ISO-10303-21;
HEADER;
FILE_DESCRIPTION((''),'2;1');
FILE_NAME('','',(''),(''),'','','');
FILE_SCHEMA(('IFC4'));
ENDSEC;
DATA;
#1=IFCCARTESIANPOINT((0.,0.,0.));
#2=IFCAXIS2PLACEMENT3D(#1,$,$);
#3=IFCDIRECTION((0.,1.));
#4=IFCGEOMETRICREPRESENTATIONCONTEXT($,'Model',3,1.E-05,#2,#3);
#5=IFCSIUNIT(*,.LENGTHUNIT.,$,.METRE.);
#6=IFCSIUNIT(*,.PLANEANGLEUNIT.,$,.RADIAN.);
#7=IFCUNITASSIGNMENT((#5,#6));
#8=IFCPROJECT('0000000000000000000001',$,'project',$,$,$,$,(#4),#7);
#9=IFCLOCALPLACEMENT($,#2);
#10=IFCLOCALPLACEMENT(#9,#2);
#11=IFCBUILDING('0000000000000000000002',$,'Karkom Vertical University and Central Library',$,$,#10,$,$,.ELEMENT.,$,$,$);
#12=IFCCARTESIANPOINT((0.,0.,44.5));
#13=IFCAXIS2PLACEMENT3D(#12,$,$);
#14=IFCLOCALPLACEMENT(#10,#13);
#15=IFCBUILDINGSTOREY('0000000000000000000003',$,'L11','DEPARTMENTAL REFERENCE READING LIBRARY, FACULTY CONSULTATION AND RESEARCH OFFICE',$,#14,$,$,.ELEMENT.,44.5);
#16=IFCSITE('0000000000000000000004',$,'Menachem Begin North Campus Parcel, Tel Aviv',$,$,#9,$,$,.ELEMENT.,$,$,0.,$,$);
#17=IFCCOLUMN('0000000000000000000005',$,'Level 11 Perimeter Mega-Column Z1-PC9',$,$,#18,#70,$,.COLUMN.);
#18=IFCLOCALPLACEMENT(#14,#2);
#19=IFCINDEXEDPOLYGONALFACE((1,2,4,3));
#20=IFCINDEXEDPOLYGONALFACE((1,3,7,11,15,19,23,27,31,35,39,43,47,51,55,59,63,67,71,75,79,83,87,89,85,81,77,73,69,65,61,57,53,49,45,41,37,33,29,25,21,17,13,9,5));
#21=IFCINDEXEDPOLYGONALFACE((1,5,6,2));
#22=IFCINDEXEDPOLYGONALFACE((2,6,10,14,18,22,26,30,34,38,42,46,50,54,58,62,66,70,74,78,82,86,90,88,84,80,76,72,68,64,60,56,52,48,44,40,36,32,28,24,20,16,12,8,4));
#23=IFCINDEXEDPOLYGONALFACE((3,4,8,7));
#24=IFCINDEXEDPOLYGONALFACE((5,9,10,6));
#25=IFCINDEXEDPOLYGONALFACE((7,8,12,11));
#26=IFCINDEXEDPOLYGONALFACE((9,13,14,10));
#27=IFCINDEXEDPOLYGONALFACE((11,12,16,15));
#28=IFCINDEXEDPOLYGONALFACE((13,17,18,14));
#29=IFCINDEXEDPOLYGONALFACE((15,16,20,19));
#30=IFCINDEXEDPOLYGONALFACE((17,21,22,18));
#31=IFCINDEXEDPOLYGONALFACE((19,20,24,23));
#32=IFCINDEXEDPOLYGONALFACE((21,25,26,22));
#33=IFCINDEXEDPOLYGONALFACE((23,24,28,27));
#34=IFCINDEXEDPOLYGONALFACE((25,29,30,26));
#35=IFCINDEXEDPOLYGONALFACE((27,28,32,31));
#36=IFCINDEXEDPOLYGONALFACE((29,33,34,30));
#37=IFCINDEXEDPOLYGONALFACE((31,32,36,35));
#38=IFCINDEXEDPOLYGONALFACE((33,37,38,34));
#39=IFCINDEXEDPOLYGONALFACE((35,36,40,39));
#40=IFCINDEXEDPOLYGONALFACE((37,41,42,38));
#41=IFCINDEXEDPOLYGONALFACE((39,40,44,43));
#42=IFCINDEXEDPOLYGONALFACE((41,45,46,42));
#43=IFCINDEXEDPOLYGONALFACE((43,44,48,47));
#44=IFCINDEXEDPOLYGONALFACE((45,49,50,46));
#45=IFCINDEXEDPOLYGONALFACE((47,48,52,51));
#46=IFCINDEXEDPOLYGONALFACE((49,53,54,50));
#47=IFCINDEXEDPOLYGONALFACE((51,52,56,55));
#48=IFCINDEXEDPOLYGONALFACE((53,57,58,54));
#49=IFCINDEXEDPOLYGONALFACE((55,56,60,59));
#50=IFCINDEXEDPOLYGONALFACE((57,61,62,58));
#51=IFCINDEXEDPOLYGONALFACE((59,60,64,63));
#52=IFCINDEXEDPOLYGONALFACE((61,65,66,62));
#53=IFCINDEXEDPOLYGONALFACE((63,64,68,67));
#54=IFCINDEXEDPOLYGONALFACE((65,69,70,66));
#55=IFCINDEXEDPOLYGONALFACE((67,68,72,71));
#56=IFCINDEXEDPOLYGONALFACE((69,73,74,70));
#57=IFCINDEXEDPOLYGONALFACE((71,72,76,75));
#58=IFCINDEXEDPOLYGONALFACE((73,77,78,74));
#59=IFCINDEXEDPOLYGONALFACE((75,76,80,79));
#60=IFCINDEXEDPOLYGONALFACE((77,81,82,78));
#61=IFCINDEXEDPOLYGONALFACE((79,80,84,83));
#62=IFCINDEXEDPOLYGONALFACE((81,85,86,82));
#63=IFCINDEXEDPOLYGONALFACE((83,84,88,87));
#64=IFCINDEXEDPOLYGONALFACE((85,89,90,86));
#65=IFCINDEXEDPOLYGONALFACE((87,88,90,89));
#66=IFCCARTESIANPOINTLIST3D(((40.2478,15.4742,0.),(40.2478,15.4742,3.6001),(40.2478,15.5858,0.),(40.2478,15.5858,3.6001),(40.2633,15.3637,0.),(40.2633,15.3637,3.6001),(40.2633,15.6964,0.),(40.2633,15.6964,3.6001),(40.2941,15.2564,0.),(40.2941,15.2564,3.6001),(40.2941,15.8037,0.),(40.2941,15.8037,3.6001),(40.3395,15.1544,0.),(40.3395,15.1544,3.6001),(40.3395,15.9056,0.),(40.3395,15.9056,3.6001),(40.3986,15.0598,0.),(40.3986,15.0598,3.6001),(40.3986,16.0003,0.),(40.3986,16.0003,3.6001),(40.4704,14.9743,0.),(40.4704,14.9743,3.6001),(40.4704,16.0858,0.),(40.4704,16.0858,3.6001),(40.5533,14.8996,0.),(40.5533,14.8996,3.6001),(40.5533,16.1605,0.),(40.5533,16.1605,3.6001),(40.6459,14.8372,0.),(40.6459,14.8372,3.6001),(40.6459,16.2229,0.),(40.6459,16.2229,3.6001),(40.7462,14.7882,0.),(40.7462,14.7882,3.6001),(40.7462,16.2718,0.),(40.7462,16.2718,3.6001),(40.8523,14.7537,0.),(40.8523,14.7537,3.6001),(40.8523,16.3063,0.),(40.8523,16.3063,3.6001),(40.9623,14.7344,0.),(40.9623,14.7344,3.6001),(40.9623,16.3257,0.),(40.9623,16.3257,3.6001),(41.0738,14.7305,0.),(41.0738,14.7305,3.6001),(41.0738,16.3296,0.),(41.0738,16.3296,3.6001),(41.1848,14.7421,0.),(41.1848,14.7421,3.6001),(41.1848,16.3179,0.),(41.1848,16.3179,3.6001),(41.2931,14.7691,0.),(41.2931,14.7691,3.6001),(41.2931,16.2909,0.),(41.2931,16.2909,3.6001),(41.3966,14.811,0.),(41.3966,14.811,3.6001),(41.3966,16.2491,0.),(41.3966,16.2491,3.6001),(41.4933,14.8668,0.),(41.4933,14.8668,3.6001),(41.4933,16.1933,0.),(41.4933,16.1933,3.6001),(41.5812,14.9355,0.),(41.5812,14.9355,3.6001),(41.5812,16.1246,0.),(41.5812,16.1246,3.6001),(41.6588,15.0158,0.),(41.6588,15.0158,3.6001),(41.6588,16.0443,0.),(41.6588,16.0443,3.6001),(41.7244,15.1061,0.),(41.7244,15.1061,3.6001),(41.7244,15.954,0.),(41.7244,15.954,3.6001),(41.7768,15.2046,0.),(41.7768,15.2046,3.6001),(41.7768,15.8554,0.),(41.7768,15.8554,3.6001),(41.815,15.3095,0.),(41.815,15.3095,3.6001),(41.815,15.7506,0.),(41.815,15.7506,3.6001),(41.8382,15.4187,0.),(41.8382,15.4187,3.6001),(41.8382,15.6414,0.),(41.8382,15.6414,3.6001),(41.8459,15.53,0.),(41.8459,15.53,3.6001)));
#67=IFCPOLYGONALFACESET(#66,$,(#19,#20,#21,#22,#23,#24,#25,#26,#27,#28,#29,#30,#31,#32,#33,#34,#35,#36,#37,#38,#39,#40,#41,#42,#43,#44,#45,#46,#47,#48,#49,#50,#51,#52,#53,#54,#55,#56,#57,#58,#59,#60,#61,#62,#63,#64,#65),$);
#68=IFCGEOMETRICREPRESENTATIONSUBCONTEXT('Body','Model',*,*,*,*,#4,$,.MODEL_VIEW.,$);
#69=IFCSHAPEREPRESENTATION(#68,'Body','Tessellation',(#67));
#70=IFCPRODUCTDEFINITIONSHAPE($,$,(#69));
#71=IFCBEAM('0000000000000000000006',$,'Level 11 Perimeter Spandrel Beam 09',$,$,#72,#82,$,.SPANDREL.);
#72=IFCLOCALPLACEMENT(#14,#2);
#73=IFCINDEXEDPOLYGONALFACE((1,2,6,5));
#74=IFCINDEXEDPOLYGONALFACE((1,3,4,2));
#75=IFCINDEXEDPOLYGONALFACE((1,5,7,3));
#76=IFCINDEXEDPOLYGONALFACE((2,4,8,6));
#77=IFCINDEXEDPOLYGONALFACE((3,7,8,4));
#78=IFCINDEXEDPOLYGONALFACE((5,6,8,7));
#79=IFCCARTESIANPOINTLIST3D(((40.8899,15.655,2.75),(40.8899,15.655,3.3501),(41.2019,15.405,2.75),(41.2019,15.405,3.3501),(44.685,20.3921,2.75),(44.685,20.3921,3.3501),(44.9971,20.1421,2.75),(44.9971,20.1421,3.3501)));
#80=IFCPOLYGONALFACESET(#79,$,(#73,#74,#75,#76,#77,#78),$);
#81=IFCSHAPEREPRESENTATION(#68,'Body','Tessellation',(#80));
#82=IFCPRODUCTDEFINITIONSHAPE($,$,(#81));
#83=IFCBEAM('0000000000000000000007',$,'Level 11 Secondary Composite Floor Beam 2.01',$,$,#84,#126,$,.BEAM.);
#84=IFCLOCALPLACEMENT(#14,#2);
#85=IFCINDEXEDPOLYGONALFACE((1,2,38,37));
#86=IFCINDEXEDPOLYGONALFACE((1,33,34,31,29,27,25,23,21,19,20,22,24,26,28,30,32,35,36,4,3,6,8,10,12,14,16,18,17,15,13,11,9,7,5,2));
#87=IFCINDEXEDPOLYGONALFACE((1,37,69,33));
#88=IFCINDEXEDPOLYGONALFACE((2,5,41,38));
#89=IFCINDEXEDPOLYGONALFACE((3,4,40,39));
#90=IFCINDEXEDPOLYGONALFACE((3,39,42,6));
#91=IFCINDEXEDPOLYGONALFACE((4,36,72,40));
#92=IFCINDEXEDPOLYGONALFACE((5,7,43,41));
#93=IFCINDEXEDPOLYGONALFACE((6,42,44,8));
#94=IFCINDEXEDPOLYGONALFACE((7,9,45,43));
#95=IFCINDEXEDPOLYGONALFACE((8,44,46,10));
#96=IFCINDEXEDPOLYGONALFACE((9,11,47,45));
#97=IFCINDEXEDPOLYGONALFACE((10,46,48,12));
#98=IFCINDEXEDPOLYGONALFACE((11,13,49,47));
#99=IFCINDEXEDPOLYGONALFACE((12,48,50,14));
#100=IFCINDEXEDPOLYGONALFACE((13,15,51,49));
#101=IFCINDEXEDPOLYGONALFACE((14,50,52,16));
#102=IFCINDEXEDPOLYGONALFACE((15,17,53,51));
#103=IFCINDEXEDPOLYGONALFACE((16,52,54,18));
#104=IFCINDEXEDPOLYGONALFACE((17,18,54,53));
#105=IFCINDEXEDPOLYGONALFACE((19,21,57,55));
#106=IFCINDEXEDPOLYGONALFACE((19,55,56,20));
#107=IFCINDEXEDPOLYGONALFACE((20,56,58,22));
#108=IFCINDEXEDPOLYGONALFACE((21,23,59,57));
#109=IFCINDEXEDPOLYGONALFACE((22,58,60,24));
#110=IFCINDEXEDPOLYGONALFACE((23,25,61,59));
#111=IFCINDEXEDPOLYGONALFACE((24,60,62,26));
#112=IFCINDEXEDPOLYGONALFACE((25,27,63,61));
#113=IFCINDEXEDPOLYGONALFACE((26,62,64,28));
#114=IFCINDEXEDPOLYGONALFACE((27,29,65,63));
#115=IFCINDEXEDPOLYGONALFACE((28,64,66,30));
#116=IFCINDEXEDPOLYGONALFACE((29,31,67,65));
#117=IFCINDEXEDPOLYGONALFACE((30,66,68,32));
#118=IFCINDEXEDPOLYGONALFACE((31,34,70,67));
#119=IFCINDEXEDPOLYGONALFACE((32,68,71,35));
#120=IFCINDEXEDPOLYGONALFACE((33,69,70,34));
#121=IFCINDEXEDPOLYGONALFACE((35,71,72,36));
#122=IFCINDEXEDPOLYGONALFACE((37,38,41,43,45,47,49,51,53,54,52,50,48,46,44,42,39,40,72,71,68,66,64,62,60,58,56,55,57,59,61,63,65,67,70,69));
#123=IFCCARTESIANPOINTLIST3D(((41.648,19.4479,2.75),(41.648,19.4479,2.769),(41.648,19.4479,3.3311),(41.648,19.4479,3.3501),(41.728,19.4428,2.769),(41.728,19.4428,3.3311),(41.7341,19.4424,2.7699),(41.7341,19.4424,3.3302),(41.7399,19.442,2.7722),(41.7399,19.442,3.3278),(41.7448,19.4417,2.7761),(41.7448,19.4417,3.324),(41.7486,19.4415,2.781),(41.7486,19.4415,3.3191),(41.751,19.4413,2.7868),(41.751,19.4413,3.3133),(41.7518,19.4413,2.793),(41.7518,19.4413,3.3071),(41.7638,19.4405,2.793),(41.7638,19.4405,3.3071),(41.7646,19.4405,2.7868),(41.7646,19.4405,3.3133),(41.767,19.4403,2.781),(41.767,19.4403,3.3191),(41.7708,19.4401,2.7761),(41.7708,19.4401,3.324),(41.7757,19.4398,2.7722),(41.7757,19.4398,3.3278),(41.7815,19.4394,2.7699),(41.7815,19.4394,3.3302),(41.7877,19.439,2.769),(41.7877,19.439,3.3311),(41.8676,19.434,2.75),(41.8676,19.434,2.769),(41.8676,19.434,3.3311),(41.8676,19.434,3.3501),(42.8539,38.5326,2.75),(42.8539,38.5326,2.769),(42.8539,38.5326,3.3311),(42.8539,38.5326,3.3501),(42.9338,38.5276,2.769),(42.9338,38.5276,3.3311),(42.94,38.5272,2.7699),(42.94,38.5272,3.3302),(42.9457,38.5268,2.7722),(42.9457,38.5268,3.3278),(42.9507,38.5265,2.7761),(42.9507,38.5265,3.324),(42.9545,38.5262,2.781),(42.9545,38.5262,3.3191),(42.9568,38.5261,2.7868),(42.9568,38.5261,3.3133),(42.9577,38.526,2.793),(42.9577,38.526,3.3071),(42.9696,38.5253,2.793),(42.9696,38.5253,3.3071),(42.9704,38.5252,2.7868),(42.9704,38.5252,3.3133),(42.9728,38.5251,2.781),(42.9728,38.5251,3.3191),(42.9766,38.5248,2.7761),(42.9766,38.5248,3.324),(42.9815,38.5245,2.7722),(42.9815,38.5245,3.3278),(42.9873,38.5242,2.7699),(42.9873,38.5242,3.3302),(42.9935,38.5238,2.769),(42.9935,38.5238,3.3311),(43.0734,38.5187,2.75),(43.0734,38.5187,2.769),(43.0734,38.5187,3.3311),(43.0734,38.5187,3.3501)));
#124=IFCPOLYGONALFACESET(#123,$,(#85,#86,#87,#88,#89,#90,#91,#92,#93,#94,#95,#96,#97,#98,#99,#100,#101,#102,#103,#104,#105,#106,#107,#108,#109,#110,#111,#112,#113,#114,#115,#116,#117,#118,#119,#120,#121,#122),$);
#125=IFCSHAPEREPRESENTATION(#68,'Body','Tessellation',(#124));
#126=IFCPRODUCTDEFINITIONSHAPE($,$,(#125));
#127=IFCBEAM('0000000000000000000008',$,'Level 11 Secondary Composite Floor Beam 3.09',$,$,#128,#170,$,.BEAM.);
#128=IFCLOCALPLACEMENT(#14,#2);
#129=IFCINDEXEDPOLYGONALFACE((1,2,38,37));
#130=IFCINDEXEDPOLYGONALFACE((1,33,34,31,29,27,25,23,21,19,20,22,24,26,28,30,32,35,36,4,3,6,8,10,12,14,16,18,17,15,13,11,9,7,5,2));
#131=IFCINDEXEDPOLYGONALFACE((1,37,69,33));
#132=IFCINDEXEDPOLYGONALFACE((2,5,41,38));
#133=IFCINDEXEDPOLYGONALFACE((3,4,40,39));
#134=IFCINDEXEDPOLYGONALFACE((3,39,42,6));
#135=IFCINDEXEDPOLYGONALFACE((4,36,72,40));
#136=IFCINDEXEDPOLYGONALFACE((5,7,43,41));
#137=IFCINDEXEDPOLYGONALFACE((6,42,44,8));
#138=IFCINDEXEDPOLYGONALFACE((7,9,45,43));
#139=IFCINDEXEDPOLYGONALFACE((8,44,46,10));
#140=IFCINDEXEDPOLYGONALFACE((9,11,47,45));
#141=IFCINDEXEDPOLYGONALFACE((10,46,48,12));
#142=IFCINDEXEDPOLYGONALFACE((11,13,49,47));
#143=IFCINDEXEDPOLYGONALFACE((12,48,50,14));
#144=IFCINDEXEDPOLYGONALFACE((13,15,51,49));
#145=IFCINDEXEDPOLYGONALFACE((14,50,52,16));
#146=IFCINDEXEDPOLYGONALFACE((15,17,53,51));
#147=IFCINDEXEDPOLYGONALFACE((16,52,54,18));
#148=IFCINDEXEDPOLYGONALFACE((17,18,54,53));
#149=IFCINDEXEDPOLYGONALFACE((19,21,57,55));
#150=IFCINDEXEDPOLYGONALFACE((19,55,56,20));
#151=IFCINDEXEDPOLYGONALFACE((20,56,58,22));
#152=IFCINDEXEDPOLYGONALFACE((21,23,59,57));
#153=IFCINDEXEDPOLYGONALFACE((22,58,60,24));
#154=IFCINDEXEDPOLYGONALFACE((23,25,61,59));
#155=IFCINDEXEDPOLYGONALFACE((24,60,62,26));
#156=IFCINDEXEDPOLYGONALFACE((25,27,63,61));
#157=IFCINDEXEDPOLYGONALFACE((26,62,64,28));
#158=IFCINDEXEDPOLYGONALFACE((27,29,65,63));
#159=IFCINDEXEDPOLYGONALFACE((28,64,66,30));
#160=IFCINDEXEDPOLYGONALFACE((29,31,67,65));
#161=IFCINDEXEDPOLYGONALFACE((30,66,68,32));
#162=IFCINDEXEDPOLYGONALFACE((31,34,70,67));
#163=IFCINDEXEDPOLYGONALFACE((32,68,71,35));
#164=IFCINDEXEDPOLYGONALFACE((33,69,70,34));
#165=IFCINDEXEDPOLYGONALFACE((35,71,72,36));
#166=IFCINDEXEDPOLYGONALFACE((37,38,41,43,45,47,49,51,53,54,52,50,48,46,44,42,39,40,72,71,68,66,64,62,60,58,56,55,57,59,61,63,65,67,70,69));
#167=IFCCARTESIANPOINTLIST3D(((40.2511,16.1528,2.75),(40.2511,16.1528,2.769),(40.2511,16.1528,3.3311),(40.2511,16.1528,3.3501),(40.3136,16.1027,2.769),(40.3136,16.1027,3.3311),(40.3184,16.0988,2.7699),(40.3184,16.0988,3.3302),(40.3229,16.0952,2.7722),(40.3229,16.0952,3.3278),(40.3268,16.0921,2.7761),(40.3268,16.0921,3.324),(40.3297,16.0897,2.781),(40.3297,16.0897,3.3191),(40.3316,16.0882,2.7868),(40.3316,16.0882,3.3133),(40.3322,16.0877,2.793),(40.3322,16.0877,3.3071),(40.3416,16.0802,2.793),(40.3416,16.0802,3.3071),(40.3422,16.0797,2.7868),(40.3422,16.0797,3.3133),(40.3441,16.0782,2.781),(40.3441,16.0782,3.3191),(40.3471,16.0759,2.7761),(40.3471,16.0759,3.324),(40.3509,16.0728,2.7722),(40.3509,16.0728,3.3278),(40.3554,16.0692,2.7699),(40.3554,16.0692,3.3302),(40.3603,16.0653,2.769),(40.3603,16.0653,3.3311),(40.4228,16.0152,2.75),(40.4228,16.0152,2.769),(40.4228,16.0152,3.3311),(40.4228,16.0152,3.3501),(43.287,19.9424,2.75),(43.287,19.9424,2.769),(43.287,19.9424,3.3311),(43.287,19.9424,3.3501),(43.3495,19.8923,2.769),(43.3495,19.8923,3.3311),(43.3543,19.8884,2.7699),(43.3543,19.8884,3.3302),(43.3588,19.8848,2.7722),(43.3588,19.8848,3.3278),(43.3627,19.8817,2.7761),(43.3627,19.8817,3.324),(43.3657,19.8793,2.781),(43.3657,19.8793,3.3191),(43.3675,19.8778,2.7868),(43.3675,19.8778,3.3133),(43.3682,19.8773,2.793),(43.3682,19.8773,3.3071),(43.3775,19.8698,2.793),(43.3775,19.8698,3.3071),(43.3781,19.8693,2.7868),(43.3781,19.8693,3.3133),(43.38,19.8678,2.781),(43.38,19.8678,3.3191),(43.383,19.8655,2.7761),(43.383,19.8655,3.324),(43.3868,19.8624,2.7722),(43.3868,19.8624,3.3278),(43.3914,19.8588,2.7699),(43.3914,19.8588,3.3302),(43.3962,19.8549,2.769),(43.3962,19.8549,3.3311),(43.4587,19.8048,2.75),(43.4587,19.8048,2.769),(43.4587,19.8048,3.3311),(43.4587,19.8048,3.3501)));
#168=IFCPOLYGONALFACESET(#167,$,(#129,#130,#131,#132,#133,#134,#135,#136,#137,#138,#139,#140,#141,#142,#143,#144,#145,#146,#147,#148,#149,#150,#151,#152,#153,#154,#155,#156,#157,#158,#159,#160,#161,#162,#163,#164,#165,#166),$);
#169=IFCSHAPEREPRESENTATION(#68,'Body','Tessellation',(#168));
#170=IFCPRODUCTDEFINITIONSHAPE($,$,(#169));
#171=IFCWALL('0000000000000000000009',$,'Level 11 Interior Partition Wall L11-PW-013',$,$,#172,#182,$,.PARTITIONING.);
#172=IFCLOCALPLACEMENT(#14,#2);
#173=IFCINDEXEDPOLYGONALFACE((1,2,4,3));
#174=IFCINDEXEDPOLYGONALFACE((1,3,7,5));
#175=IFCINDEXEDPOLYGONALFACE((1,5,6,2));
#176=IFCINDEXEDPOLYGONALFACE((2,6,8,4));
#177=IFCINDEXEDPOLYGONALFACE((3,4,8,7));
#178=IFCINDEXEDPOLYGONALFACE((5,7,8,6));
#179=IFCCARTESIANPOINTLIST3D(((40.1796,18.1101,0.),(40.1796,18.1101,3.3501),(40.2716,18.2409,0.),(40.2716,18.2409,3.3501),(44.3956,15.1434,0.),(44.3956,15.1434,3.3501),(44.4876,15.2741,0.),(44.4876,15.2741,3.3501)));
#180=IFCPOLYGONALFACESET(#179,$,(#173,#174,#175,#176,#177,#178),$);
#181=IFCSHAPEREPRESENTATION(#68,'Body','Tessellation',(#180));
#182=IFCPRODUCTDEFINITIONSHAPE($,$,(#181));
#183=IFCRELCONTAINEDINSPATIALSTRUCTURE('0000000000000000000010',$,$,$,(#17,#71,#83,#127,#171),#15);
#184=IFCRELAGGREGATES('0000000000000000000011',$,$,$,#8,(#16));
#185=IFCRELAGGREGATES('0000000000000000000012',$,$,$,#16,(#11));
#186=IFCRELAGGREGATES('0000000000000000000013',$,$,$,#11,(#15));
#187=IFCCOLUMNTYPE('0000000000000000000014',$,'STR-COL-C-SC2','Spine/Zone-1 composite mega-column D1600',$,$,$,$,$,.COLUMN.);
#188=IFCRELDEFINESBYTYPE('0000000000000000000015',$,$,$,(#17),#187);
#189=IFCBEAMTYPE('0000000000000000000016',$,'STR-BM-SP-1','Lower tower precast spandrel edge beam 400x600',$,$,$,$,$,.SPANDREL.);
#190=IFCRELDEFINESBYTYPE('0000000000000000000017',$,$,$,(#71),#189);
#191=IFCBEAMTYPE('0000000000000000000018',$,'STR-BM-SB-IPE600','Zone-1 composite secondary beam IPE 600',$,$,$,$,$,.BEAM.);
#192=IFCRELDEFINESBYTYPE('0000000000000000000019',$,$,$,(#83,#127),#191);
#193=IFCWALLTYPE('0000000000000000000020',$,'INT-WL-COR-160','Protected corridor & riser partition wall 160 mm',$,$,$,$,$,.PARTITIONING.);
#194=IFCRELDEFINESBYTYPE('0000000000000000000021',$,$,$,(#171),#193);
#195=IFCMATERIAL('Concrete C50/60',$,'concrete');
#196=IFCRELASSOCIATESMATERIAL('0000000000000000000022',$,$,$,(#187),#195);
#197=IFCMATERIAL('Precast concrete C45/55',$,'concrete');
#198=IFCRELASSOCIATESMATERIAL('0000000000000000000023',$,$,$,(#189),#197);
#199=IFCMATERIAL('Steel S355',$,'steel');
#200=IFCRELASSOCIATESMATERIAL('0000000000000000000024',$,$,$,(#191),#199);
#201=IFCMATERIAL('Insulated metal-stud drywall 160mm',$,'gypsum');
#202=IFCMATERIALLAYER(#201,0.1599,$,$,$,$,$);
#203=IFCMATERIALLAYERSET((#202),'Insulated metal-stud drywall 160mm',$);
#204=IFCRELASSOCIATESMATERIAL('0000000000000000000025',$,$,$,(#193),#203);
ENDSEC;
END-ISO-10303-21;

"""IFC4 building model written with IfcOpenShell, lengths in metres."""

from ifc_helpers import new_model, si_unit, direction, frame, frame_2d, origin, origin_with_axes, origin_2d, place, context, subcontext, project, spatial, rectangle, circle, i_section, extrude, source, transform, mapped, material, layer, layer_set, material_profile, profile_set, type_object, element, save


model = new_model("IFC4")

# Units and contexts
model_context = context("Model", 3, precision=1e-05, world=origin(), true_north=direction((0.0, 1.0)))
body_context = subcontext(model_context, "Body", "Model", "MODEL_VIEW")
ifc_project = project(units=[si_unit("LENGTHUNIT", "METRE"), si_unit("PLANEANGLEUNIT", "RADIAN")], contexts=[model_context])

# Site, building, storey
site_placement = place(None, origin())
site = spatial("IfcSite", under=ifc_project, at=site_placement, Name="Menachem Begin North Campus Parcel, Tel Aviv", CompositionType="ELEMENT", RefElevation=0.0)
building_placement = place(site_placement, origin())
building = spatial("IfcBuilding", under=site, at=building_placement, Name="Karkom Vertical University and Central Library", CompositionType="ELEMENT")
storey_placement = place(building_placement, frame((0.0, 0.0, 44.5)))
storey = spatial("IfcBuildingStorey", under=building, at=storey_placement, Name="L11", Description="DEPARTMENTAL REFERENCE READING LIBRARY, FACULTY CONSULTATION AND RESEARCH OFFICE", CompositionType="ELEMENT", Elevation=44.5)

# Column
ifc_material_1 = material(Name="Concrete C50/60", Category="concrete")
ifc_material_profile_1 = material_profile(ifc_material_1, circle(Radius=0.8, at=origin_2d()), Name="CFT-D1600")
ifc_profile_set_1 = profile_set([ifc_material_profile_1], Name="Concrete C50/60")
column_type = type_object("IfcColumnType", Name="STR-COL-C-SC2", Description="Spine/Zone-1 composite mega-column D1600", PredefinedType="COLUMN", material=ifc_profile_set_1)
shared_shape_1 = source(origin_with_axes(), body_context, "Body", "SweptSolid", [
    extrude(circle(Radius=0.8, at=origin_2d()), origin(), (0.0, 0.0, 1.0), 3.6001),
])
column_placement = place(storey_placement, frame((41.0459, 15.53, 0.0), z_axis=(0.0, 0.0, 1.0), x_axis=(1.0, 0.0, 0.0)))
element("IfcColumn", 1, at=column_placement, inside=storey, type_object=column_type, Name="Level 11 Perimeter Mega-Column Z1-PC9", PredefinedType="COLUMN", context=body_context, shape_type="MappedRepresentation", body=[
    mapped(shared_shape_1, transform((0.0, 0.0, 0.0), scale=1.0)),
])

# Beams
ifc_material_2 = material(Name="Precast concrete C45/55", Category="concrete")
ifc_material_profile_2 = material_profile(ifc_material_2, rectangle(XDim=0.3999, YDim=0.6001, at=origin_2d()), Name="SPB-400x600")
ifc_profile_set_2 = profile_set([ifc_material_profile_2], Name="Precast concrete C45/55")
beam_type_1 = type_object("IfcBeamType", Name="STR-BM-SP-1", Description="Lower tower precast spandrel edge beam 400x600", PredefinedType="SPANDREL", material=ifc_profile_set_2)
shared_shape_2 = source(origin_with_axes(), body_context, "Body", "SweptSolid", [
    extrude(rectangle(XDim=0.3999, YDim=0.6001, at=origin_2d()), origin(), (0.0, 0.0, 1.0), 6.0698),
])
beam_1_placement = place(storey_placement, frame((41.0459, 15.53, 3.05), z_axis=(0.625249, 0.780425, 0.0), x_axis=(-0.780425, 0.625249, 0.0)))
element("IfcBeam", 2, at=beam_1_placement, inside=storey, type_object=beam_type_1, Name="Level 11 Perimeter Spandrel Beam 09", PredefinedType="SPANDREL", context=body_context, shape_type="MappedRepresentation", body=[
    mapped(shared_shape_2, transform((0.0, 0.0, 0.0), scale=1.0)),
])
ifc_material_3 = material(Name="Steel S355", Category="steel")
ifc_material_profile_3 = material_profile(ifc_material_3, i_section(OverallWidth=0.22, OverallDepth=0.6001, WebThickness=0.012, FlangeThickness=0.019, FilletRadius=0.0239, at=origin_2d()), Name="IPE 600")
ifc_profile_set_3 = profile_set([ifc_material_profile_3], Name="Steel S355")
beam_type_2 = type_object("IfcBeamType", Name="STR-BM-SB-IPE600", Description="Zone-1 composite secondary beam IPE 600", PredefinedType="BEAM", material=ifc_profile_set_3)
shared_shape_3 = source(origin_with_axes(), body_context, "Body", "SweptSolid", [
    extrude(i_section(OverallWidth=0.22, OverallDepth=0.6001, WebThickness=0.012, FlangeThickness=0.019, FilletRadius=0.0239, at=origin_2d()), origin(), (0.0, 0.0, 1.0), 19.1228),
])
beam_2_placement = place(storey_placement, frame((41.7578, 19.4409, 3.05), z_axis=(0.063056, 0.99801, 0.0), x_axis=(-0.99801, 0.063056, 0.0)))
element("IfcBeam", 3, at=beam_2_placement, inside=storey, type_object=beam_type_2, Name="Level 11 Secondary Composite Floor Beam 2.01", PredefinedType="BEAM", context=body_context, shape_type="MappedRepresentation", body=[
    mapped(shared_shape_3, transform((0.0, 0.0, 0.0), scale=1.0)),
])
shared_shape_4 = source(origin_with_axes(), body_context, "Body", "SweptSolid", [
    extrude(i_section(OverallWidth=0.22, OverallDepth=0.6001, WebThickness=0.012, FlangeThickness=0.019, FilletRadius=0.0239, at=origin_2d()), origin(), (0.0, 0.0, 1.0), 4.8557),
])
beam_3_placement = place(storey_placement, frame((40.3369, 16.084, 3.05), z_axis=(0.625228, 0.780442, 0.0), x_axis=(-0.780442, 0.625228, 0.0)))
element("IfcBeam", 4, at=beam_3_placement, inside=storey, type_object=beam_type_2, Name="Level 11 Secondary Composite Floor Beam 3.09", PredefinedType="BEAM", context=body_context, shape_type="MappedRepresentation", body=[
    mapped(shared_shape_4, transform((0.0, 0.0, 0.0), scale=1.0)),
])

# Shared definitions
ifc_material_4 = material(Name="Insulated metal-stud drywall 160mm", Category="gypsum")
ifc_layer = layer(ifc_material_4, 0.1599)
ifc_layer_set = layer_set([ifc_layer], Name="Insulated metal-stud drywall 160mm")
wall_type = type_object("IfcWallType", Name="INT-WL-COR-160", Description="Protected corridor & riser partition wall 160 mm", PredefinedType="PARTITIONING", material=ifc_layer_set)

# Wall
wall_1_placement = place(storey_placement, frame((40.2256, 18.1755, 0.0), z_axis=(0.0, 0.0, 1.0), x_axis=(0.817812, -0.575485, 0.0)))
element("IfcWall", 5, at=wall_1_placement, inside=storey, type_object=wall_type, Name="Level 11 Interior Partition Wall L11-PW-013", PredefinedType="PARTITIONING", context=body_context, shape_type="SweptSolid", body=[
    extrude(rectangle(XDim=5.1553, YDim=0.1599, at=frame_2d((2.5776, 0.0))), origin(), (0.0, 0.0, 1.0), 3.3501),
])

save(model, "model.ifc")
